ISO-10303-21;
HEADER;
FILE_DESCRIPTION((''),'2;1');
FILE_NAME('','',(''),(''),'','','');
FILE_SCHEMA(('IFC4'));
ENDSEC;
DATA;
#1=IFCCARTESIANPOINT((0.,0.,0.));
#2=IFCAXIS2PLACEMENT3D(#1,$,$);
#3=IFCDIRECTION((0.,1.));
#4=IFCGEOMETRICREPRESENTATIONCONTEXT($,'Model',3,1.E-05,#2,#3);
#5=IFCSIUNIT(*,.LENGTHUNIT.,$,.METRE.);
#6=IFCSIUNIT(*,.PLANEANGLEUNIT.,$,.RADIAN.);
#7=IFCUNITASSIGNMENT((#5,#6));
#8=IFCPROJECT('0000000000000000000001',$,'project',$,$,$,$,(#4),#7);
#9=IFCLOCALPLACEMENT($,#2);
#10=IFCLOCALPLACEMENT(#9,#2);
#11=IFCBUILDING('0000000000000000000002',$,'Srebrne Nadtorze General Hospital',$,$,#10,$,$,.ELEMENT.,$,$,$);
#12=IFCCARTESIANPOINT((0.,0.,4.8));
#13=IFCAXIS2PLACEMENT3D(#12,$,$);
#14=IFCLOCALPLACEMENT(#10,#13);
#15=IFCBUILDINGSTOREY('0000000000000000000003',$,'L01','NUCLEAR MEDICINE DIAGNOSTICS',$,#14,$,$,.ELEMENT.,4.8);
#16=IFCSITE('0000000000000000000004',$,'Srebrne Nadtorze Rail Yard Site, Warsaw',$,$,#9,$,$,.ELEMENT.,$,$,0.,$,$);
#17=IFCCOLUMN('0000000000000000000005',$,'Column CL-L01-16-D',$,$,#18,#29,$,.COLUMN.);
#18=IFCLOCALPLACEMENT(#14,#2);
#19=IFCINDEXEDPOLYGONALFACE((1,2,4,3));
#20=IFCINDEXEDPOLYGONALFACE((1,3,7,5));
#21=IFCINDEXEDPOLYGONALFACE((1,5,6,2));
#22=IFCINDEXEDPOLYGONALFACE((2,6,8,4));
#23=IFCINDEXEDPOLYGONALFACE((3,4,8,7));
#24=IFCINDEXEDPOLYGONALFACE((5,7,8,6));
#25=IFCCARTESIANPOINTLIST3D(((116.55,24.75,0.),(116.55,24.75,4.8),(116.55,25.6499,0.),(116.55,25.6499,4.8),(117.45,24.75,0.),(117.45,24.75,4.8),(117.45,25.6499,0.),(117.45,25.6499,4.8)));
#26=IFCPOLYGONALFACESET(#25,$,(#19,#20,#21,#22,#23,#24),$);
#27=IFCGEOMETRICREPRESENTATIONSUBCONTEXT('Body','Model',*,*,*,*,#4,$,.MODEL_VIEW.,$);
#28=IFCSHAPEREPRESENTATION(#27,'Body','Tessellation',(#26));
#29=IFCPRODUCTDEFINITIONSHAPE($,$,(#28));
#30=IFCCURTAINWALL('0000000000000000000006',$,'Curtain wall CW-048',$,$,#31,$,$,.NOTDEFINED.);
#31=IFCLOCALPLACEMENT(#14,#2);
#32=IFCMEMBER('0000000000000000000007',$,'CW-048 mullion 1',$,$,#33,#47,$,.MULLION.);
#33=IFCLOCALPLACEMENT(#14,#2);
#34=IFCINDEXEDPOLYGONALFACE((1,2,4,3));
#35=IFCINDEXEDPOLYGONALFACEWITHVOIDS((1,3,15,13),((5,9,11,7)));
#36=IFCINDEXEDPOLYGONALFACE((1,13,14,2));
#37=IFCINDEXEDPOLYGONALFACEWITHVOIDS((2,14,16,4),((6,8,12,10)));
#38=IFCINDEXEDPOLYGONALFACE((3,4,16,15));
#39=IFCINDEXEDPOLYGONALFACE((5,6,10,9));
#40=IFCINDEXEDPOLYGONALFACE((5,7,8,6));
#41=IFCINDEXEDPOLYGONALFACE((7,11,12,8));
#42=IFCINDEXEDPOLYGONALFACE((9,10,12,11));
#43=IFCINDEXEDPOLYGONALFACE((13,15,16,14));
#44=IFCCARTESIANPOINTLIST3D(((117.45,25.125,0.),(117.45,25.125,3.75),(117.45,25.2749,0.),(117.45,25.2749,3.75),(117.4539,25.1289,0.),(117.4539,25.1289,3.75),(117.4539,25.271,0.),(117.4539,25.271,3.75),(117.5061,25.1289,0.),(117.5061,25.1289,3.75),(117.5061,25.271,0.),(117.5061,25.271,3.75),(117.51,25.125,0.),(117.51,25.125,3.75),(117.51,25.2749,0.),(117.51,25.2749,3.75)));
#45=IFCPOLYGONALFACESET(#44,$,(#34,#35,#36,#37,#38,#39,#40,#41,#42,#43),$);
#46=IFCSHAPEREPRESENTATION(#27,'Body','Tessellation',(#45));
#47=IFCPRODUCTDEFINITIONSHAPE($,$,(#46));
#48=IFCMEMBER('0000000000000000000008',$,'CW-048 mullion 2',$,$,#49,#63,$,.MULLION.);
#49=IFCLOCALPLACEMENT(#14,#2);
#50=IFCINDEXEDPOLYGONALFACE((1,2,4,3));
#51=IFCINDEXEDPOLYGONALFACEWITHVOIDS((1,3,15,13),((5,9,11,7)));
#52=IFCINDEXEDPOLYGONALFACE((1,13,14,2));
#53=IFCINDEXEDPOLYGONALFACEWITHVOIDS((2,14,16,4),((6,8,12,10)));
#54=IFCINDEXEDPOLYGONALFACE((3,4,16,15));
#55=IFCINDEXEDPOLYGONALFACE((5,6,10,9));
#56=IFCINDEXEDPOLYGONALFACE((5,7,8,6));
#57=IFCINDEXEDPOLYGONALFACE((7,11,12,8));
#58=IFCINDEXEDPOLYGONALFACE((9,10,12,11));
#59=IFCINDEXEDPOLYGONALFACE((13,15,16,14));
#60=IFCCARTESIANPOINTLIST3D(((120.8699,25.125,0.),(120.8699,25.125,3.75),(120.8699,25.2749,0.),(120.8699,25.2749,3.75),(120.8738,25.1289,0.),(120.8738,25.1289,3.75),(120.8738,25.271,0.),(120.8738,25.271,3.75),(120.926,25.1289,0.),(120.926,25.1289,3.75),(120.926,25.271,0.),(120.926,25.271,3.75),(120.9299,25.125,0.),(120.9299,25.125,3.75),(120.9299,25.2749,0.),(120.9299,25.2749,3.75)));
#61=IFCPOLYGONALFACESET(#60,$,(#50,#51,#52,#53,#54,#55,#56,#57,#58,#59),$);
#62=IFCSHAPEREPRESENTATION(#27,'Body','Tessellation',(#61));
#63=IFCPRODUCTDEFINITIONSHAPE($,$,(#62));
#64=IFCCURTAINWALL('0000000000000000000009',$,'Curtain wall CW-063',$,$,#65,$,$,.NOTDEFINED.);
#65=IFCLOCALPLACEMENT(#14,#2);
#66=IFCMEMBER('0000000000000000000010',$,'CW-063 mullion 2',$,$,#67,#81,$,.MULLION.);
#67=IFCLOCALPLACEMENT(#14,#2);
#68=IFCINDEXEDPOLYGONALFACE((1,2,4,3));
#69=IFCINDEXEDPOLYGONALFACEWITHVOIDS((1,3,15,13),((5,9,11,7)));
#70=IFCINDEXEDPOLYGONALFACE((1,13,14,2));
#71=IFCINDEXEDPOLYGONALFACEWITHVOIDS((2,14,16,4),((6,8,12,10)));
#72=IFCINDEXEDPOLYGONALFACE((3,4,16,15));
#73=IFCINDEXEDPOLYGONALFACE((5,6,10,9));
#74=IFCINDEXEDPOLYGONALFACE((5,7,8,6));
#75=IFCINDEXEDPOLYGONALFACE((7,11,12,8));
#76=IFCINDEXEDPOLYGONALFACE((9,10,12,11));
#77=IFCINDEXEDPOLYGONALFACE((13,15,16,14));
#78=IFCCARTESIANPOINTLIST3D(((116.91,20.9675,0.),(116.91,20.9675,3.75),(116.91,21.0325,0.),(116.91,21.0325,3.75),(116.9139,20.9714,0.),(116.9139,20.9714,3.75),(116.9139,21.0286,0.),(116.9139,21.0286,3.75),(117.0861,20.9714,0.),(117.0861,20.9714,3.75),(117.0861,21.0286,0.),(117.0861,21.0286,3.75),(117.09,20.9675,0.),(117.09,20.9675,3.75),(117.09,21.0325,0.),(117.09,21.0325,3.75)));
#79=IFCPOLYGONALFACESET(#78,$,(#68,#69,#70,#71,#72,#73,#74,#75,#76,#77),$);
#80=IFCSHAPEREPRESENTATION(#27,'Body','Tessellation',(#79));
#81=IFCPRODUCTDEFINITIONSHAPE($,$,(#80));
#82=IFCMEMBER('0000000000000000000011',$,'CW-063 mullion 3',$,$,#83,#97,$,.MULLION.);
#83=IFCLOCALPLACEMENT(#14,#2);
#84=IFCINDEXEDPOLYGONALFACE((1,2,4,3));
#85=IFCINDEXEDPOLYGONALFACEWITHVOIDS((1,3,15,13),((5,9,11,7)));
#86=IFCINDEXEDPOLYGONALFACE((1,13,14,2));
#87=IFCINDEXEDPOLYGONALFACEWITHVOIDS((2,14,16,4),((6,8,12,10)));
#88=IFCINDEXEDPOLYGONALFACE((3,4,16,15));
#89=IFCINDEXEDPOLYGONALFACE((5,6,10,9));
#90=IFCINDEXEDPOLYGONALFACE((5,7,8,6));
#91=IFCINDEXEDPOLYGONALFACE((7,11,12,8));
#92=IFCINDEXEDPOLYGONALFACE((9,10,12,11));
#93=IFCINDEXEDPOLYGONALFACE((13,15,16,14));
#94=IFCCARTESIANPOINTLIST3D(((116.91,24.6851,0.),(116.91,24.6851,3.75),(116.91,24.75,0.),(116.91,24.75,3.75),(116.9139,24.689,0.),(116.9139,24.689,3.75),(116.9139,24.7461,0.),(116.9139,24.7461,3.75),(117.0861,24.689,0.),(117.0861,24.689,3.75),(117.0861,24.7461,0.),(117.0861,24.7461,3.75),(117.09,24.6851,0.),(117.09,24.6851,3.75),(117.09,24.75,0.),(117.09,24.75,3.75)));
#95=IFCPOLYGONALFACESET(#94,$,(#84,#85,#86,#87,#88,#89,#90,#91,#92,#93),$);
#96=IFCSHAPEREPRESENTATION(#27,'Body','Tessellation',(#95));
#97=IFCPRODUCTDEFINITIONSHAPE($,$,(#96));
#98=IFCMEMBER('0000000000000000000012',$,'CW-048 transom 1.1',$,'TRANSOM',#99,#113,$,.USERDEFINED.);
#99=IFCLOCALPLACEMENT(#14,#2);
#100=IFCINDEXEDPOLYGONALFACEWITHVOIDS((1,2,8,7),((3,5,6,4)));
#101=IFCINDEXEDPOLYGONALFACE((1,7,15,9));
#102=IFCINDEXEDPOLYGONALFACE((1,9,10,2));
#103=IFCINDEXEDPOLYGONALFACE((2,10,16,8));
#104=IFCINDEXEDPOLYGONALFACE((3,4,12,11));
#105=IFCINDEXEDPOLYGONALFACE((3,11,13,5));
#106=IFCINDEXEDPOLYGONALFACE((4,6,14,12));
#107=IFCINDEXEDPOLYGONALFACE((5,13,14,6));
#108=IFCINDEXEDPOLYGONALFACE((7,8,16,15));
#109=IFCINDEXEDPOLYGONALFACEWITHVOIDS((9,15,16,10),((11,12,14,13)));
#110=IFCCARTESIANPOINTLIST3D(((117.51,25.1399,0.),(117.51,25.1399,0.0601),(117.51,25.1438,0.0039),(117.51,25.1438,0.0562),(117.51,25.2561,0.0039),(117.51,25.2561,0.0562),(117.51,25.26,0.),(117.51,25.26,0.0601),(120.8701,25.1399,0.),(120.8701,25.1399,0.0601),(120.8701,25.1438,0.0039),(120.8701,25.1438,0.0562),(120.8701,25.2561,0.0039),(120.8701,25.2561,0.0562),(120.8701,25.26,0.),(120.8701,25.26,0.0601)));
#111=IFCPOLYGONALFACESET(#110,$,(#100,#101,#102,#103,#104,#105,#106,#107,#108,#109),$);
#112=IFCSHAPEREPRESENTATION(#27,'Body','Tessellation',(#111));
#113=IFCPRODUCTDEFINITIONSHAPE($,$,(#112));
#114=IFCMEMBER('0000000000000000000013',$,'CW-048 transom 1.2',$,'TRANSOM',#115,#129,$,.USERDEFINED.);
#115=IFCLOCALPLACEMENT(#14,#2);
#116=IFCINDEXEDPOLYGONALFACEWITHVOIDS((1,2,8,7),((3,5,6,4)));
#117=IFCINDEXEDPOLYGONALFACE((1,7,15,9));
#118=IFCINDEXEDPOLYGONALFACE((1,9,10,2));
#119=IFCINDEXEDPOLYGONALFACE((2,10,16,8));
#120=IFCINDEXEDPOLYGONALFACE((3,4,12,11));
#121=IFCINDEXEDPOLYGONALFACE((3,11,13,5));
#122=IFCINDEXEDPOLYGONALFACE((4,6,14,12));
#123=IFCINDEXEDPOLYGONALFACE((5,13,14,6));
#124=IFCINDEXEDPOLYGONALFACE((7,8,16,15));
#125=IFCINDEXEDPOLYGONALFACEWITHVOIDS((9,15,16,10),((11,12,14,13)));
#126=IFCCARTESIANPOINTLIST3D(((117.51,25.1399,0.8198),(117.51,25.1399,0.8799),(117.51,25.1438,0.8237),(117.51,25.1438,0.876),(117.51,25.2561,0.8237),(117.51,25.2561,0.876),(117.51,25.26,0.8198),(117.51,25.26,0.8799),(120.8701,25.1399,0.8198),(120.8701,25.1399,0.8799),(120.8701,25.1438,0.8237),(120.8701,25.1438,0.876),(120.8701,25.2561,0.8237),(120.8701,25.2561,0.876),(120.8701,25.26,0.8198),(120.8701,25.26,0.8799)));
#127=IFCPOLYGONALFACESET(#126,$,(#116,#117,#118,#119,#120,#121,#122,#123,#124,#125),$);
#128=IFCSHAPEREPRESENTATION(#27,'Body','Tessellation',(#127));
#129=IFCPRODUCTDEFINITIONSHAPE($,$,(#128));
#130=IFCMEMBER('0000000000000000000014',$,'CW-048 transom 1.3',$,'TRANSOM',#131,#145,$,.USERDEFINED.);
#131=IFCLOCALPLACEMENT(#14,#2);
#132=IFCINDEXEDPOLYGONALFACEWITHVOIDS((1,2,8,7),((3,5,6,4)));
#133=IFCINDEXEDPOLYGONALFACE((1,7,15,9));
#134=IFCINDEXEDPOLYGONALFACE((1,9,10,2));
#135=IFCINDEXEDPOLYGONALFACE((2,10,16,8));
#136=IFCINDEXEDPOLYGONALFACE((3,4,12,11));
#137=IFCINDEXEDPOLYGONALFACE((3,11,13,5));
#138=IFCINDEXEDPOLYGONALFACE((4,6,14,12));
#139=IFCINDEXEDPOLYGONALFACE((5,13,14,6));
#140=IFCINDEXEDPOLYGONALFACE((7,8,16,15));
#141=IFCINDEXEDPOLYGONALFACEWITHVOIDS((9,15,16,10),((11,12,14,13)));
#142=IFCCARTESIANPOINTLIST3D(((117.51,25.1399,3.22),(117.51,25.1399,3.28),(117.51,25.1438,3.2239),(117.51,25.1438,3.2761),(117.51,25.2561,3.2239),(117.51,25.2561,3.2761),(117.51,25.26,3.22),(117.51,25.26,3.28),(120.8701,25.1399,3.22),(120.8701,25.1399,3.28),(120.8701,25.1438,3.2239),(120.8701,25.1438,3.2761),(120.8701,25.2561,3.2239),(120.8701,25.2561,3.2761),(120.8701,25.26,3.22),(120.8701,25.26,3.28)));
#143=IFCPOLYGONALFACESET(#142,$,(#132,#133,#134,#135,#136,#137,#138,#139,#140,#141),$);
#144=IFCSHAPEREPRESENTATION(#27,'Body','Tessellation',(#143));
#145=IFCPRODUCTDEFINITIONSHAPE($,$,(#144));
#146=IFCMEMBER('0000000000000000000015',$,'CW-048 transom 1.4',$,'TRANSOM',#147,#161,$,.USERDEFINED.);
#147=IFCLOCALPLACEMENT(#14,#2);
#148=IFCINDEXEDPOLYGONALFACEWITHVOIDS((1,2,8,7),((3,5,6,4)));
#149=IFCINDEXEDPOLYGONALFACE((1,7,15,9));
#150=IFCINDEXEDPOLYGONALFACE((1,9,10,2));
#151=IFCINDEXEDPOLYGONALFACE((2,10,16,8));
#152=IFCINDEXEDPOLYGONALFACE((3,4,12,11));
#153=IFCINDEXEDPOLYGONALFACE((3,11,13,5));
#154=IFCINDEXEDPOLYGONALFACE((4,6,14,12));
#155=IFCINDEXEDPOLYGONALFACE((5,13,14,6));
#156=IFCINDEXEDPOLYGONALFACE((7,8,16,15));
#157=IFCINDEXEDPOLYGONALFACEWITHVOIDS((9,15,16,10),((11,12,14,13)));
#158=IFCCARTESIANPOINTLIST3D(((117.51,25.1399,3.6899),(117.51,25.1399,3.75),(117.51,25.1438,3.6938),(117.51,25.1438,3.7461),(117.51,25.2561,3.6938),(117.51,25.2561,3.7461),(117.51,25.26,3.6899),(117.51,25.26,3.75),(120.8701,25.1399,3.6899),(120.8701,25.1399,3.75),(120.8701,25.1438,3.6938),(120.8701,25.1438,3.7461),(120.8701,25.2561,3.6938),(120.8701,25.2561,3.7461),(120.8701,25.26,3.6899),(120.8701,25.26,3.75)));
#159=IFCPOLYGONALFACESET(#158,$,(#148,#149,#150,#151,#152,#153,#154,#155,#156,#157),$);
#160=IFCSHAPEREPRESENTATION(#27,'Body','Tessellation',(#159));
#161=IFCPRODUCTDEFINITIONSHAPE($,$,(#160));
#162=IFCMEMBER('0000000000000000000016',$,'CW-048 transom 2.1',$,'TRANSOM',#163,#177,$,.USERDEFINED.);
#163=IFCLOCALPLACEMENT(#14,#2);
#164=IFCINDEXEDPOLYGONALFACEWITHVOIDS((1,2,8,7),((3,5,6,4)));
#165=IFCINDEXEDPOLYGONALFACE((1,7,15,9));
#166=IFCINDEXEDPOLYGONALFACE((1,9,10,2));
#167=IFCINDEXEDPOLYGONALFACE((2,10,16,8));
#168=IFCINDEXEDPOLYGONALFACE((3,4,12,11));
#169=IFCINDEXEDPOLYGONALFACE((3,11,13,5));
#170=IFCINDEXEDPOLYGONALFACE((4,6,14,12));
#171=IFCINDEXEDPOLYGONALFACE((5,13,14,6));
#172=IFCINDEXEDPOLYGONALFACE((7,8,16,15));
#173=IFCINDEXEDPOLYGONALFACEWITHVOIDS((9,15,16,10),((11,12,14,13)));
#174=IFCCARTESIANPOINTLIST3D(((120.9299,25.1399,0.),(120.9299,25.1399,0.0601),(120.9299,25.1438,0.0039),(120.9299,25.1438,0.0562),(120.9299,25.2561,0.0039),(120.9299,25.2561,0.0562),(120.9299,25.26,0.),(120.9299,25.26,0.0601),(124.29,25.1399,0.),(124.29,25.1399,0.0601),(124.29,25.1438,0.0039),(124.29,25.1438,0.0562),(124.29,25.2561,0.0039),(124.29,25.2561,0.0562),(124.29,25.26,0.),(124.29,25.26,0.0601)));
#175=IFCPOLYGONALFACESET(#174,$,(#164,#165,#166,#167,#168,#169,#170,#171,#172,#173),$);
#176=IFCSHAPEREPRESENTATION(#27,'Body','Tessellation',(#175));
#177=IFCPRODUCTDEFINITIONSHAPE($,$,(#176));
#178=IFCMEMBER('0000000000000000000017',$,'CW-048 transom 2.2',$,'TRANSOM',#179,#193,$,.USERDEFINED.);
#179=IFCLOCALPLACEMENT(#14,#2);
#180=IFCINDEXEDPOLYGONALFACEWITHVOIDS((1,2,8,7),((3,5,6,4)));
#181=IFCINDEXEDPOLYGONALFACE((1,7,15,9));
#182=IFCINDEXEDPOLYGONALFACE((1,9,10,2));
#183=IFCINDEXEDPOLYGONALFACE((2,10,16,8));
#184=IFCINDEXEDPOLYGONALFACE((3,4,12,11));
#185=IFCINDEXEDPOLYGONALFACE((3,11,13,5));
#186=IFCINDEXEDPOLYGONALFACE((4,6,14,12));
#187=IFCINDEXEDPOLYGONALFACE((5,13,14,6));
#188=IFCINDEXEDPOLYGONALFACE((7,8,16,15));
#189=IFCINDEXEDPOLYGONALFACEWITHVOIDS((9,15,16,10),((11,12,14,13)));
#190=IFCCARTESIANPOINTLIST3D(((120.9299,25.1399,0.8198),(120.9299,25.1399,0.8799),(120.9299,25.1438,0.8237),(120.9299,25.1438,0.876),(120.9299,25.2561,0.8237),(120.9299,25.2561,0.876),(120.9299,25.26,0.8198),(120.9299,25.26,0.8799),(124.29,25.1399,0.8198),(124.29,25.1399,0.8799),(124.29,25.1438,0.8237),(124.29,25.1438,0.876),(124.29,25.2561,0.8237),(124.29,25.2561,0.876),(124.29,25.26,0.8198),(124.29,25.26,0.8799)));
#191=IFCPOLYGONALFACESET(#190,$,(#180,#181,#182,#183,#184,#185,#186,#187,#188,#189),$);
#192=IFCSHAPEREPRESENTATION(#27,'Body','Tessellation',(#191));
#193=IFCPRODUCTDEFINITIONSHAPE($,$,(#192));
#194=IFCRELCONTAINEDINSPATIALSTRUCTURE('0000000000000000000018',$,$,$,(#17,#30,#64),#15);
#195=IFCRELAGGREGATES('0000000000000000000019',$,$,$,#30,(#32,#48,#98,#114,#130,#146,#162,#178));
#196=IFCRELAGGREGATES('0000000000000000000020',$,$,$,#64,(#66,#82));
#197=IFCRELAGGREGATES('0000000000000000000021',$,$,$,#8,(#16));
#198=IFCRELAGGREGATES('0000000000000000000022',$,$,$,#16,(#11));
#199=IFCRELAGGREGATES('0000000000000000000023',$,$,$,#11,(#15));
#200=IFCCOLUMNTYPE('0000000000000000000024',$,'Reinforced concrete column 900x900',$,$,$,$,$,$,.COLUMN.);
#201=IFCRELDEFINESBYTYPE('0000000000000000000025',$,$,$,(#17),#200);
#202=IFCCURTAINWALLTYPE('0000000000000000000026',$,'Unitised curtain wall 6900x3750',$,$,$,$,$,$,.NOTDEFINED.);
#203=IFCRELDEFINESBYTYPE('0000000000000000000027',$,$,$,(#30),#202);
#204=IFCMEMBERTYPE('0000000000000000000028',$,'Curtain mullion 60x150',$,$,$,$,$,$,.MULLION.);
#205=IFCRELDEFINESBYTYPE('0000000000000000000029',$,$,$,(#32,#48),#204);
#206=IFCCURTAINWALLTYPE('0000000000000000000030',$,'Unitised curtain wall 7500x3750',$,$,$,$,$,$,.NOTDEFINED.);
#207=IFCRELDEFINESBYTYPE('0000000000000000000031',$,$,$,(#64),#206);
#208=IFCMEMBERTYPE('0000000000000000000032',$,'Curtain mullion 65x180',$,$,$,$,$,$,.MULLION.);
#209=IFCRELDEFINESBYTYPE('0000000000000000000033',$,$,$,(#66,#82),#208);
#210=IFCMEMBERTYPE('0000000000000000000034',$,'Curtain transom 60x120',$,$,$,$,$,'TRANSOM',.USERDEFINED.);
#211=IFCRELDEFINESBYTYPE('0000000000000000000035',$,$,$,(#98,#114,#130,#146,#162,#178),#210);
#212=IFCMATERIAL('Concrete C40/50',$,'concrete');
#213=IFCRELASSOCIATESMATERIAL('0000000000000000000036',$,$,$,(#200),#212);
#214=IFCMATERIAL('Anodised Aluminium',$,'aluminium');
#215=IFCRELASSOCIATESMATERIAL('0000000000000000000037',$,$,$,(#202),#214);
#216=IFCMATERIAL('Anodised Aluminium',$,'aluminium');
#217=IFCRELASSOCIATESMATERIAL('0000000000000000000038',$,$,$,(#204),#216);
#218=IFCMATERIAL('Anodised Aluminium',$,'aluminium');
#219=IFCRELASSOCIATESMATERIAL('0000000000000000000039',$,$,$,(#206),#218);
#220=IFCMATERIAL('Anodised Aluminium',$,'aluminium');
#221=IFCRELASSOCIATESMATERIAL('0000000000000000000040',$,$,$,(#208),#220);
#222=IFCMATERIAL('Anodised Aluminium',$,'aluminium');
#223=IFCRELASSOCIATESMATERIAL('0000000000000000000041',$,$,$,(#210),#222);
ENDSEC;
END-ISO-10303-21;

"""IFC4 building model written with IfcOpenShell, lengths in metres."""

from ifc_helpers import new_model, si_unit, direction, frame, origin, origin_2d, place, context, subcontext, project, spatial, rectangle, hollow_rectangle, extrude, material, material_profile, profile_set, type_object, element, aggregate, save


model = new_model("IFC4")

# Units and contexts
model_context = context("Model", 3, precision=1e-05, world=origin(), true_north=direction((0.0, 1.0)))
body_context = subcontext(model_context, "Body", "Model", "MODEL_VIEW")
ifc_project = project(units=[si_unit("LENGTHUNIT", "METRE"), si_unit("PLANEANGLEUNIT", "RADIAN")], contexts=[model_context])

# Site, building, storey
site_placement = place(None, origin())
site = spatial("IfcSite", under=ifc_project, at=site_placement, Name="Srebrne Nadtorze Rail Yard Site, Warsaw", CompositionType="ELEMENT", RefElevation=0.0)
building_placement = place(site_placement, origin())
building = spatial("IfcBuilding", under=site, at=building_placement, Name="Srebrne Nadtorze General Hospital", CompositionType="ELEMENT")
storey_placement = place(building_placement, frame((0.0, 0.0, 4.8)))
storey = spatial("IfcBuildingStorey", under=building, at=storey_placement, Name="L01", Description="NUCLEAR MEDICINE DIAGNOSTICS", CompositionType="ELEMENT", Elevation=4.8)

# Column
ifc_material_1 = material(Name="Concrete C40/50", Category="concrete")
ifc_material_profile_1 = material_profile(ifc_material_1, rectangle(XDim=0.8999, YDim=0.8999, at=origin_2d()), Name="RC-COL-900x900")
ifc_profile_set_1 = profile_set([ifc_material_profile_1], Name="Concrete C40/50")
column_type = type_object("IfcColumnType", Name="Reinforced concrete column 900x900", PredefinedType="COLUMN", material=ifc_profile_set_1)
column_placement = place(storey_placement, frame((117.0, 25.2, 0.0), z_axis=(0.0, 0.0, 1.0), x_axis=(1.0, 0.0, 0.0)))
element("IfcColumn", 1, at=column_placement, inside=storey, type_object=column_type, Name="Column CL-L01-16-D", PredefinedType="COLUMN", context=body_context, shape_type="SweptSolid", body=[
    extrude(rectangle(XDim=0.8999, YDim=0.8999, at=origin_2d()), origin(), (0.0, 0.0, 1.0), 4.8),
])

# Curtain walls, members
ifc_material_2 = material(Name="Anodised Aluminium", Category="aluminium")
curtain_wall_type_1 = type_object("IfcCurtainWallType", Name="Unitised curtain wall 6900x3750", PredefinedType="NOTDEFINED", material=ifc_material_2)
curtain_wall_1_placement = place(storey_placement, origin())
curtain_wall_1 = element("IfcCurtainWall", 2, at=curtain_wall_1_placement, inside=storey, type_object=curtain_wall_type_1, Name="Curtain wall CW-048", PredefinedType="NOTDEFINED")
ifc_material_3 = material(Name="Anodised Aluminium", Category="aluminium")
ifc_material_profile_2 = material_profile(ifc_material_3, hollow_rectangle(XDim=0.0601, YDim=0.1499, WallThickness=0.0039, at=origin_2d()), Name="AL-MUL-60x150")
ifc_profile_set_2 = profile_set([ifc_material_profile_2], Name="Anodised Aluminium")
member_type_1 = type_object("IfcMemberType", Name="Curtain mullion 60x150", PredefinedType="MULLION", material=ifc_profile_set_2)
member_1_placement = place(storey_placement, frame((117.48, 25.2, 0.0), z_axis=(0.0, 0.0, 1.0), x_axis=(1.0, 0.0, 0.0)))
member_1 = element("IfcMember", 3, at=member_1_placement, type_object=member_type_1, Name="CW-048 mullion 1", PredefinedType="MULLION", context=body_context, shape_type="SweptSolid", body=[
    extrude(hollow_rectangle(XDim=0.0601, YDim=0.1499, WallThickness=0.0039, at=origin_2d()), origin(), (0.0, 0.0, 1.0), 3.75),
])
member_2_placement = place(storey_placement, frame((120.8999, 25.2, 0.0), z_axis=(0.0, 0.0, 1.0), x_axis=(1.0, 0.0, 0.0)))
member_2 = element("IfcMember", 4, at=member_2_placement, type_object=member_type_1, Name="CW-048 mullion 2", PredefinedType="MULLION", context=body_context, shape_type="SweptSolid", body=[
    extrude(hollow_rectangle(XDim=0.0601, YDim=0.1499, WallThickness=0.0039, at=origin_2d()), origin(), (0.0, 0.0, 1.0), 3.75),
])
ifc_material_4 = material(Name="Anodised Aluminium", Category="aluminium")
curtain_wall_type_2 = type_object("IfcCurtainWallType", Name="Unitised curtain wall 7500x3750", PredefinedType="NOTDEFINED", material=ifc_material_4)
curtain_wall_2_placement = place(storey_placement, origin())
curtain_wall_2 = element("IfcCurtainWall", 5, at=curtain_wall_2_placement, inside=storey, type_object=curtain_wall_type_2, Name="Curtain wall CW-063", PredefinedType="NOTDEFINED")
ifc_material_5 = material(Name="Anodised Aluminium", Category="aluminium")
ifc_material_profile_3 = material_profile(ifc_material_5, hollow_rectangle(XDim=0.0649, YDim=0.1799, WallThickness=0.0039, at=origin_2d()), Name="AL-MUL-65x180")
ifc_profile_set_3 = profile_set([ifc_material_profile_3], Name="Anodised Aluminium")
member_type_2 = type_object("IfcMemberType", Name="Curtain mullion 65x180", PredefinedType="MULLION", material=ifc_profile_set_3)
member_3_placement = place(storey_placement, frame((117.0, 21.0, 0.0), z_axis=(0.0, 0.0, 1.0), x_axis=(0.0, 1.0, 0.0)))
member_3 = element("IfcMember", 6, at=member_3_placement, type_object=member_type_2, Name="CW-063 mullion 2", PredefinedType="MULLION", context=body_context, shape_type="SweptSolid", body=[
    extrude(hollow_rectangle(XDim=0.0649, YDim=0.1799, WallThickness=0.0039, at=origin_2d()), origin(), (0.0, 0.0, 1.0), 3.75),
])
member_4_placement = place(storey_placement, frame((117.0, 24.7175, 0.0), z_axis=(0.0, 0.0, 1.0), x_axis=(0.0, 1.0, 0.0)))
member_4 = element("IfcMember", 7, at=member_4_placement, type_object=member_type_2, Name="CW-063 mullion 3", PredefinedType="MULLION", context=body_context, shape_type="SweptSolid", body=[
    extrude(hollow_rectangle(XDim=0.0649, YDim=0.1799, WallThickness=0.0039, at=origin_2d()), origin(), (0.0, 0.0, 1.0), 3.75),
])

# Members
ifc_material_6 = material(Name="Anodised Aluminium", Category="aluminium")
ifc_material_profile_4 = material_profile(ifc_material_6, hollow_rectangle(XDim=0.0601, YDim=0.1201, WallThickness=0.0039, at=origin_2d()), Name="AL-TRN-60x120")
ifc_profile_set_4 = profile_set([ifc_material_profile_4], Name="Anodised Aluminium")
member_type_3 = type_object("IfcMemberType", Name="Curtain transom 60x120", ElementType="TRANSOM", PredefinedType="USERDEFINED", material=ifc_profile_set_4)
member_5_placement = place(storey_placement, frame((117.51, 25.2, 0.03), z_axis=(1.0, 0.0, 0.0), x_axis=(0.0, 0.0, 1.0)))
member_5 = element("IfcMember", 8, at=member_5_placement, type_object=member_type_3, Name="CW-048 transom 1.1", ObjectType="TRANSOM", PredefinedType="USERDEFINED", context=body_context, shape_type="SweptSolid", body=[
    extrude(hollow_rectangle(XDim=0.0601, YDim=0.1201, WallThickness=0.0039, at=origin_2d()), origin(), (0.0, 0.0, 1.0), 3.3601),
])
member_6_placement = place(storey_placement, frame((117.51, 25.2, 0.8499), z_axis=(1.0, 0.0, 0.0), x_axis=(0.0, 0.0, 1.0)))
member_6 = element("IfcMember", 9, at=member_6_placement, type_object=member_type_3, Name="CW-048 transom 1.2", ObjectType="TRANSOM", PredefinedType="USERDEFINED", context=body_context, shape_type="SweptSolid", body=[
    extrude(hollow_rectangle(XDim=0.0601, YDim=0.1201, WallThickness=0.0039, at=origin_2d()), origin(), (0.0, 0.0, 1.0), 3.3601),
])
member_7_placement = place(storey_placement, frame((117.51, 25.2, 3.25), z_axis=(1.0, 0.0, 0.0), x_axis=(0.0, 0.0, 1.0)))
member_7 = element("IfcMember", 10, at=member_7_placement, type_object=member_type_3, Name="CW-048 transom 1.3", ObjectType="TRANSOM", PredefinedType="USERDEFINED", context=body_context, shape_type="SweptSolid", body=[
    extrude(hollow_rectangle(XDim=0.0601, YDim=0.1201, WallThickness=0.0039, at=origin_2d()), origin(), (0.0, 0.0, 1.0), 3.3601),
])
member_8_placement = place(storey_placement, frame((117.51, 25.2, 3.72), z_axis=(1.0, 0.0, 0.0), x_axis=(0.0, 0.0, 1.0)))
member_8 = element("IfcMember", 11, at=member_8_placement, type_object=member_type_3, Name="CW-048 transom 1.4", ObjectType="TRANSOM", PredefinedType="USERDEFINED", context=body_context, shape_type="SweptSolid", body=[
    extrude(hollow_rectangle(XDim=0.0601, YDim=0.1201, WallThickness=0.0039, at=origin_2d()), origin(), (0.0, 0.0, 1.0), 3.3601),
])
member_9_placement = place(storey_placement, frame((120.9299, 25.2, 0.03), z_axis=(1.0, 0.0, 0.0), x_axis=(0.0, 0.0, 1.0)))
member_9 = element("IfcMember", 12, at=member_9_placement, type_object=member_type_3, Name="CW-048 transom 2.1", ObjectType="TRANSOM", PredefinedType="USERDEFINED", context=body_context, shape_type="SweptSolid", body=[
    extrude(hollow_rectangle(XDim=0.0601, YDim=0.1201, WallThickness=0.0039, at=origin_2d()), origin(), (0.0, 0.0, 1.0), 3.3601),
])
member_10_placement = place(storey_placement, frame((120.9299, 25.2, 0.8499), z_axis=(1.0, 0.0, 0.0), x_axis=(0.0, 0.0, 1.0)))
member_10 = element("IfcMember", 13, at=member_10_placement, type_object=member_type_3, Name="CW-048 transom 2.2", ObjectType="TRANSOM", PredefinedType="USERDEFINED", context=body_context, shape_type="SweptSolid", body=[
    extrude(hollow_rectangle(XDim=0.0601, YDim=0.1201, WallThickness=0.0039, at=origin_2d()), origin(), (0.0, 0.0, 1.0), 3.3601),
])

aggregate(curtain_wall_1, [member_1, member_2, member_5, member_6, member_7, member_8, member_9, member_10])
aggregate(curtain_wall_2, [member_3, member_4])

save(model, "model.ifc")
